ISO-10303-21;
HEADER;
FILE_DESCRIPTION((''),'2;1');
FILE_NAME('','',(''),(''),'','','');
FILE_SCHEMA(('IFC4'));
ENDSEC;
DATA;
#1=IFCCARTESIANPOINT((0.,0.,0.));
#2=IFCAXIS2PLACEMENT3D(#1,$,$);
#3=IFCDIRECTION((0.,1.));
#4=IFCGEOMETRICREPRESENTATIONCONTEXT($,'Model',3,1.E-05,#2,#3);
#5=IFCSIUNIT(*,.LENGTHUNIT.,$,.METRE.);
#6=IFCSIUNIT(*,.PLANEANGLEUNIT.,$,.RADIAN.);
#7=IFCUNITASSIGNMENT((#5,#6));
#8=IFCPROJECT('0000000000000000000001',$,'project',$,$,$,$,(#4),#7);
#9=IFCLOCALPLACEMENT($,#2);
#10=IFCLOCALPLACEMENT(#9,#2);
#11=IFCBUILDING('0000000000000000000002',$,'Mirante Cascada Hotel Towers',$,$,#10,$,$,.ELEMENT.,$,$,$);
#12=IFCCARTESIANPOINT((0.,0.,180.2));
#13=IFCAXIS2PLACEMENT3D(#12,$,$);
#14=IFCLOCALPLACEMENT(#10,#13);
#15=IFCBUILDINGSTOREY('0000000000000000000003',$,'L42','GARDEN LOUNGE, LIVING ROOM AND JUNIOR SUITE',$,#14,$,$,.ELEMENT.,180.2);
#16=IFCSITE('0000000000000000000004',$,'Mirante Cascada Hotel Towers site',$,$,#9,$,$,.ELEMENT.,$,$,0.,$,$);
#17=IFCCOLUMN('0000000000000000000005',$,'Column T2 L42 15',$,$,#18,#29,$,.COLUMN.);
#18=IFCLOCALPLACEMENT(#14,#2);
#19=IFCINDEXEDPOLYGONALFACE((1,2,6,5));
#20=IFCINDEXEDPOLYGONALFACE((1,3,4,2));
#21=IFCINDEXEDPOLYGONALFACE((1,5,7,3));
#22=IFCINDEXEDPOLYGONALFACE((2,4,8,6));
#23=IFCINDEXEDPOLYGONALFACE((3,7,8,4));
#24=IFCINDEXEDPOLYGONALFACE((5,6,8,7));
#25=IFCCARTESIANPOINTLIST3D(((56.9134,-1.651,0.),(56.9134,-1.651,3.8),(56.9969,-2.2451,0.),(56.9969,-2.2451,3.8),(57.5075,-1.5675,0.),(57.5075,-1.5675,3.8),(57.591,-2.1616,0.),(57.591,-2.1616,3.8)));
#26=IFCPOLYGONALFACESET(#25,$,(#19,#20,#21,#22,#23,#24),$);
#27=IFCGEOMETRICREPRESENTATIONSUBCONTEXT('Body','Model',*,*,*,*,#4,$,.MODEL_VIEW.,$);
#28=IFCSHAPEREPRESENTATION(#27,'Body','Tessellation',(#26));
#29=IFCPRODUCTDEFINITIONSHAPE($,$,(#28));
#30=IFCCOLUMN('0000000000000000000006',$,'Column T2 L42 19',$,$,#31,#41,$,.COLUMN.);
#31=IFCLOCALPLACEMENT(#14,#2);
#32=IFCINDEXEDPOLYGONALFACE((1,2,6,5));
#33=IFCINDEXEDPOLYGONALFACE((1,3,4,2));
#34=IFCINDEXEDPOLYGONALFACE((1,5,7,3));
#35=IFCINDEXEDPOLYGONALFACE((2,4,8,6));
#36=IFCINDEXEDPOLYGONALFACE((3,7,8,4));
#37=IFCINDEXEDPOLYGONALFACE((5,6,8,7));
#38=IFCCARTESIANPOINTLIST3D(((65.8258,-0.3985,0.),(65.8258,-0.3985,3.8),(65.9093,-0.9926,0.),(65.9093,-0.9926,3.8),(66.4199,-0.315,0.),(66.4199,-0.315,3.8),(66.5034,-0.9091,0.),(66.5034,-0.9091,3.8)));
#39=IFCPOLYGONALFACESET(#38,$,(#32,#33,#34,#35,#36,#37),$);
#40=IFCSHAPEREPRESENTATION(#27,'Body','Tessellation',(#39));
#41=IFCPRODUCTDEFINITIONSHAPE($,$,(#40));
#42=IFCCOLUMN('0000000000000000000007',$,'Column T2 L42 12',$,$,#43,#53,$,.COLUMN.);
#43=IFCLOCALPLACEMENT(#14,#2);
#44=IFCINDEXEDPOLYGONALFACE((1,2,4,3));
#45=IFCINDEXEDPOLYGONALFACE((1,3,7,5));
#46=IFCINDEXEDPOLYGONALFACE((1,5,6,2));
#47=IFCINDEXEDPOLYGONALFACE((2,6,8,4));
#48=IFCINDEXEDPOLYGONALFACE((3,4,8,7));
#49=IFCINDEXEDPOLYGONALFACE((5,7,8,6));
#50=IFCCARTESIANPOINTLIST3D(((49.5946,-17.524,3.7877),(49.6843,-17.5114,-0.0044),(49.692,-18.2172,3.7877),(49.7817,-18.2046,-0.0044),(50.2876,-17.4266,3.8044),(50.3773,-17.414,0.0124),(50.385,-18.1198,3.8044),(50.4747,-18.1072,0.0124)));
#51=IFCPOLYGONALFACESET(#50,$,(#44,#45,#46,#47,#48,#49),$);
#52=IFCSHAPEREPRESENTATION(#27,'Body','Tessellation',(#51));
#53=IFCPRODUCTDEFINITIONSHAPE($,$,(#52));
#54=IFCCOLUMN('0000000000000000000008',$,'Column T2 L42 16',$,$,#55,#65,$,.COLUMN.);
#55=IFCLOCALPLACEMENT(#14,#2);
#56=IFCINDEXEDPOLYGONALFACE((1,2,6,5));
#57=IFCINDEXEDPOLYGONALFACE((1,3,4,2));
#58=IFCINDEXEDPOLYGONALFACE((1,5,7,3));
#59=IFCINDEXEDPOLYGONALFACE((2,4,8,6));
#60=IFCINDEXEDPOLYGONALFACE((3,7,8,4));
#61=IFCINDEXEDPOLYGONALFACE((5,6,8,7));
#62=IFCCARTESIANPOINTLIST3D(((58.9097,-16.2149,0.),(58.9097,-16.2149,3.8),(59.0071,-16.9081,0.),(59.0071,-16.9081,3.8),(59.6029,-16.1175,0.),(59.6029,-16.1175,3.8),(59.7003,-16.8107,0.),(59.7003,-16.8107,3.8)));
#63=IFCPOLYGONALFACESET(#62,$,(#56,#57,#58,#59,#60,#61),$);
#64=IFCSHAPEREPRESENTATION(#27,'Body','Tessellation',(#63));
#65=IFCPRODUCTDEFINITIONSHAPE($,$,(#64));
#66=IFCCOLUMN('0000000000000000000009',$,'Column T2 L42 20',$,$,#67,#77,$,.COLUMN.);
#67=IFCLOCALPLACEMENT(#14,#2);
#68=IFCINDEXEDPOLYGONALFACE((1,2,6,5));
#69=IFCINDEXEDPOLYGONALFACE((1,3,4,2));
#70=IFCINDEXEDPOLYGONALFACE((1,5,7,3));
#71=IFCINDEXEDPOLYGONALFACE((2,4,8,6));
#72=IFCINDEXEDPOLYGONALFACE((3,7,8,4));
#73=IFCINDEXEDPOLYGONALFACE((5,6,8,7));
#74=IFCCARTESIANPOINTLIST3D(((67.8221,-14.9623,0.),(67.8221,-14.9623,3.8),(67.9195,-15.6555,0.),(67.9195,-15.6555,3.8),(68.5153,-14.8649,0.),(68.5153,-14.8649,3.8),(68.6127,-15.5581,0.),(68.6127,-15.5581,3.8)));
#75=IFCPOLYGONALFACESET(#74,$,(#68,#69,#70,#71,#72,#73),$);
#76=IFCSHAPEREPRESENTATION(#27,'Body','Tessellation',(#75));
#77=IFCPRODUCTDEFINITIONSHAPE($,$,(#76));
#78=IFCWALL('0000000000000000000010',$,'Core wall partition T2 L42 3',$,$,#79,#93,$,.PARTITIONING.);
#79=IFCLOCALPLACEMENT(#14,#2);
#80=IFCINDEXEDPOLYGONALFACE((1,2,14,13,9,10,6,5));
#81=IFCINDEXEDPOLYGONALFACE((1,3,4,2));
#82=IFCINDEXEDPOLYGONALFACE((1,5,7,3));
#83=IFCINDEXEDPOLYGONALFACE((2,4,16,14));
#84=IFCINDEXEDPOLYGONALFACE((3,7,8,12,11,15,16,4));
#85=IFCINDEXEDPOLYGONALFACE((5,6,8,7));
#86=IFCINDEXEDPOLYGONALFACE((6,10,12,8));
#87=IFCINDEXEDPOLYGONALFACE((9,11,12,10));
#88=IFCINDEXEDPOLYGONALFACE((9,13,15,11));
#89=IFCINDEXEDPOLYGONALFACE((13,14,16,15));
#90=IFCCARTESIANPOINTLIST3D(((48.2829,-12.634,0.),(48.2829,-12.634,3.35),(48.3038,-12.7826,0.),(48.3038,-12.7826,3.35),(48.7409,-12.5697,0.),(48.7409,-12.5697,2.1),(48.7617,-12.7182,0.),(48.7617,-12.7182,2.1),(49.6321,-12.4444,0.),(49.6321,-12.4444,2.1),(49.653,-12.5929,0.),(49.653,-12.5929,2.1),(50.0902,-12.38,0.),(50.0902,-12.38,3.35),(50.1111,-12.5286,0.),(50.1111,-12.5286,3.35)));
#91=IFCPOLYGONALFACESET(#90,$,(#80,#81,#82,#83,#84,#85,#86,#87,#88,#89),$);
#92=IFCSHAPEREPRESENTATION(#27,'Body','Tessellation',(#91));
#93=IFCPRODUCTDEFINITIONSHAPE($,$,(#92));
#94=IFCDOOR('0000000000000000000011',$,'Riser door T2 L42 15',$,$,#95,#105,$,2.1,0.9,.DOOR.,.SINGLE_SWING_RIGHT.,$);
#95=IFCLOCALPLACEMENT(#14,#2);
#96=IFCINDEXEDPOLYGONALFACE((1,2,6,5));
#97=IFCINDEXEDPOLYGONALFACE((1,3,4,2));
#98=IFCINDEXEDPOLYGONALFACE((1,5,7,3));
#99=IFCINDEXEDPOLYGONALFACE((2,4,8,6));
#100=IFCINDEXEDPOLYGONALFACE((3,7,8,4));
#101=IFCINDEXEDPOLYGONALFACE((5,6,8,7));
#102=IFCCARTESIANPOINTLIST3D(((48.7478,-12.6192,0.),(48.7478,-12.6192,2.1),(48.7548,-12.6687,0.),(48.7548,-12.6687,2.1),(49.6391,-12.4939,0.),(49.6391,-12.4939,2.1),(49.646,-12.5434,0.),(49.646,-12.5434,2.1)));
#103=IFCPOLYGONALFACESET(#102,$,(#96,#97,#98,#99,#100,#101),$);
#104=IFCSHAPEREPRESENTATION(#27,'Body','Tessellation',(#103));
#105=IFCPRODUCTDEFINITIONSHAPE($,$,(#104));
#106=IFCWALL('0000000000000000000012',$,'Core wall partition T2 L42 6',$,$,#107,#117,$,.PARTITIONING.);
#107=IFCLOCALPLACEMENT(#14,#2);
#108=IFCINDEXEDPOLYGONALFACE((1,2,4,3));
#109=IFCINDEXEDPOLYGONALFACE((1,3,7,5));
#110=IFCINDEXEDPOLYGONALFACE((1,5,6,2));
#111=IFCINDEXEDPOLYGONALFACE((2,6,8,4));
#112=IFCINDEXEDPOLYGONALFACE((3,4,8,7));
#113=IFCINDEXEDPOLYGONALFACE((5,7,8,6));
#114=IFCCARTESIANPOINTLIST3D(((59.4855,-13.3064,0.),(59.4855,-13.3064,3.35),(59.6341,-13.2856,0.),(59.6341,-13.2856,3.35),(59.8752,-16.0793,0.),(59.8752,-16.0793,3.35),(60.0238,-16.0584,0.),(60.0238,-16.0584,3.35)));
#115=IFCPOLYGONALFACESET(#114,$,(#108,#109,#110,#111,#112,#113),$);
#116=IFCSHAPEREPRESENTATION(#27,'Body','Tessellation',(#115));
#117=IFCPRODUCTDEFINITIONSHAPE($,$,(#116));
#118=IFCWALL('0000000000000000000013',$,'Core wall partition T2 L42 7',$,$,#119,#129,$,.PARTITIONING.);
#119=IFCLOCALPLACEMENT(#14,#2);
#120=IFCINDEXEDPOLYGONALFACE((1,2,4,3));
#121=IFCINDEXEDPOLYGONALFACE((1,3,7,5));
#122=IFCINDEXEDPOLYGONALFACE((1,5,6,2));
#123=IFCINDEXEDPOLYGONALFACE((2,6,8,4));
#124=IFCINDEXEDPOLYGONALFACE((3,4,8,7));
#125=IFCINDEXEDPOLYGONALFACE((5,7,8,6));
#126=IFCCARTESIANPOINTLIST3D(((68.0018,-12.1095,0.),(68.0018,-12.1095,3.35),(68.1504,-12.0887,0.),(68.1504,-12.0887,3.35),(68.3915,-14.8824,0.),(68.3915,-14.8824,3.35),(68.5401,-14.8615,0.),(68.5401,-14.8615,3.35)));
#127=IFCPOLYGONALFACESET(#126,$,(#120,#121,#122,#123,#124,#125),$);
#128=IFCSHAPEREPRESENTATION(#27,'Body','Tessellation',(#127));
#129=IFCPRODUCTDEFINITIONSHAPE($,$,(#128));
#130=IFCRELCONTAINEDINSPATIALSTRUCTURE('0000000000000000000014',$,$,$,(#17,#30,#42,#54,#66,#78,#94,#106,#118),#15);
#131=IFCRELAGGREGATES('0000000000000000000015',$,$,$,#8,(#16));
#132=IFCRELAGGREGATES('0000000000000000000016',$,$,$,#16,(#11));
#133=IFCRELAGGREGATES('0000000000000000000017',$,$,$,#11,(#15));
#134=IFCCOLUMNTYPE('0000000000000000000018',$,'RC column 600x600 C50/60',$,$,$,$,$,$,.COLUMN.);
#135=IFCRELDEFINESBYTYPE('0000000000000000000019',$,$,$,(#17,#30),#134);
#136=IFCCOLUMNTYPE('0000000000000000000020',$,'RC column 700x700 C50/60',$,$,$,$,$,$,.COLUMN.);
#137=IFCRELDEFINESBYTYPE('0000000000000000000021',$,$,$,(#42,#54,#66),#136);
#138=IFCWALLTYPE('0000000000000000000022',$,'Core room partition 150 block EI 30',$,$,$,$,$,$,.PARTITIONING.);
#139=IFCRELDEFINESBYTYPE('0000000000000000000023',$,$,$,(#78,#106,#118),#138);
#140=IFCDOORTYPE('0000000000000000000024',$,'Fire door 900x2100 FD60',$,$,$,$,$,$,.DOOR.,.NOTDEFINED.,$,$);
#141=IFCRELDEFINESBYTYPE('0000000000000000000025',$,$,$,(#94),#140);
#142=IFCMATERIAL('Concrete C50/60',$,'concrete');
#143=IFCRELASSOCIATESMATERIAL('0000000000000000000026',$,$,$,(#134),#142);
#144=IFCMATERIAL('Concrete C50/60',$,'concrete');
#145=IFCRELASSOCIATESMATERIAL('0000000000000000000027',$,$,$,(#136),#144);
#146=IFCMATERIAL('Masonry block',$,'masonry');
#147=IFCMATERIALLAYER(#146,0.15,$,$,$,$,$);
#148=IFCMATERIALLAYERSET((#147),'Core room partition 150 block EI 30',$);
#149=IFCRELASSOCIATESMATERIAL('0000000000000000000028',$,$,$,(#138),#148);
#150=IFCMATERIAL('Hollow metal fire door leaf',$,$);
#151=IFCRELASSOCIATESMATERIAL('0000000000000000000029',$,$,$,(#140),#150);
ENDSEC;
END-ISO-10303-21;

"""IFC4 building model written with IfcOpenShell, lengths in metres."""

from ifc_helpers import new_model, si_unit, direction, frame, frame_2d, origin, origin_2d, place, context, subcontext, project, spatial, rectangle, extrude, material, layer, layer_set, material_profile, profile_set, type_object, element, fill, save


model = new_model("IFC4")

# Units and contexts
model_context = context("Model", 3, precision=1e-05, world=origin(), true_north=direction((0.0, 1.0)))
body_context = subcontext(model_context, "Body", "Model", "MODEL_VIEW")
ifc_project = project(units=[si_unit("LENGTHUNIT", "METRE"), si_unit("PLANEANGLEUNIT", "RADIAN")], contexts=[model_context])

# Site, building, storey
site_placement = place(None, origin())
site = spatial("IfcSite", under=ifc_project, at=site_placement, Name="Mirante Cascada Hotel Towers site", CompositionType="ELEMENT", RefElevation=0.0)
building_placement = place(site_placement, origin())
building = spatial("IfcBuilding", under=site, at=building_placement, Name="Mirante Cascada Hotel Towers", CompositionType="ELEMENT")
storey_placement = place(building_placement, frame((0.0, 0.0, 180.2)))
storey = spatial("IfcBuildingStorey", under=building, at=storey_placement, Name="L42", Description="GARDEN LOUNGE, LIVING ROOM AND JUNIOR SUITE", CompositionType="ELEMENT", Elevation=180.2)

# Columns
ifc_material_1 = material(Name="Concrete C50/60", Category="concrete")
ifc_material_profile_1 = material_profile(ifc_material_1, rectangle(XDim=0.6, YDim=0.6, at=origin_2d()), Name="RC column 600x600 C50/60")
ifc_profile_set_1 = profile_set([ifc_material_profile_1], Name="Concrete C50/60")
column_type_1 = type_object("IfcColumnType", Name="RC column 600x600 C50/60", PredefinedType="COLUMN", material=ifc_profile_set_1)
for number, where, z_axis, x_axis, name in (
    (1, (57.2522, -1.9063, 0.0), (0.0, 0.0, 1.0), (0.990268, 0.139173, 0.0), "Column T2 L42 15"),
    (2, (66.1646, -0.6538, 0.0), (0.0, 0.0, 1.0), (0.990268, 0.139173, 0.0), "Column T2 L42 19"),
):
    element("IfcColumn", number, at=place(storey_placement, frame(where, z_axis=z_axis, x_axis=x_axis)), inside=storey, type_object=column_type_1, Name=name, PredefinedType="COLUMN", context=body_context, shape_type="SweptSolid", body=[
        extrude(rectangle(XDim=0.6, YDim=0.6, at=origin_2d()), origin(), (0.0, 0.0, 1.0), 3.8),
    ])
ifc_material_2 = material(Name="Concrete C50/60", Category="concrete")
ifc_material_profile_2 = material_profile(ifc_material_2, rectangle(XDim=0.7, YDim=0.7, at=origin_2d()), Name="RC column 700x700 C50/60")
ifc_profile_set_2 = profile_set([ifc_material_profile_2], Name="Concrete C50/60")
column_type_2 = type_object("IfcColumnType", Name="RC column 700x700 C50/60", PredefinedType="COLUMN", material=ifc_profile_set_2)
column_placement = place(storey_placement, frame((50.0795, -17.8093, 0.004), z_axis=(-0.023648, -0.003322, 0.999715), x_axis=(0.139103, -0.990278, 0.0)))
element("IfcColumn", 3, at=column_placement, inside=storey, type_object=column_type_2, Name="Column T2 L42 12", PredefinedType="COLUMN", context=body_context, shape_type="SweptSolid", body=[
    extrude(rectangle(XDim=0.7, YDim=0.7, at=origin_2d()), origin(), (0.0, 0.0, 1.0), 3.7931),
])
for number, where, z_axis, x_axis, name in (
    (4, (59.305, -16.5128, 0.0), (0.0, 0.0, 1.0), (0.990268, 0.139173, 0.0), "Column T2 L42 16"),
    (5, (68.2174, -15.2602, 0.0), (0.0, 0.0, 1.0), (0.990268, 0.139173, 0.0), "Column T2 L42 20"),
):
    element("IfcColumn", number, at=place(storey_placement, frame(where, z_axis=z_axis, x_axis=x_axis)), inside=storey, type_object=column_type_2, Name=name, PredefinedType="COLUMN", context=body_context, shape_type="SweptSolid", body=[
        extrude(rectangle(XDim=0.7, YDim=0.7, at=origin_2d()), origin(), (0.0, 0.0, 1.0), 3.8),
    ])

# Wall, opening, door
ifc_material_3 = material(Name="Masonry block", Category="masonry")
ifc_layer_1 = layer(ifc_material_3, 0.15)
ifc_layer_set_1 = layer_set([ifc_layer_1], Name="Core room partition 150 block EI 30")
wall_type_1 = type_object("IfcWallType", Name="Core room partition 150 block EI 30", PredefinedType="PARTITIONING", material=ifc_layer_set_1)
wall_1_placement = place(storey_placement, frame((48.2933, -12.7083, 0.0), z_axis=(0.0, 0.0, 1.0), x_axis=(0.990268, 0.139173, 0.0)))
wall_1 = element("IfcWall", 6, at=wall_1_placement, inside=storey, type_object=wall_type_1, Name="Core wall partition T2 L42 3", PredefinedType="PARTITIONING", context=body_context, shape_type="SweptSolid", body=[
    extrude(rectangle(XDim=1.8251, YDim=0.15, at=frame_2d((0.9126, 0.0))), origin(), (0.0, 0.0, 1.0), 3.35),
])
opening_1_placement = place(wall_1_placement, frame((0.4625, 0.0, 0.0)))
opening_1 = element("IfcOpeningElement", 7, at=opening_1_placement, cuts=wall_1, PredefinedType="OPENING", context=body_context, shape_type="SweptSolid", body=[
    extrude(rectangle(XDim=0.9, YDim=2.1, at=frame_2d((0.45, 1.05))), frame((0.0, 0.075, 0.0), z_axis=(0.0, -1.0, 0.0), x_axis=(1.0, 0.0, 0.0)), (0.0, 0.0, 1.0), 0.15),
])
ifc_material_4 = material(Name="Hollow metal fire door leaf")
door_type_1 = type_object("IfcDoorType", Name="Fire door 900x2100 FD60", OperationType="NOTDEFINED", PredefinedType="DOOR", material=ifc_material_4)
door_1_placement = place(opening_1_placement, frame((0.9, 0.0, 0.0), z_axis=(0.0, 0.0, 1.0), x_axis=(-1.0, 0.0, 0.0)))
door_1 = element("IfcDoor", 8, at=door_1_placement, inside=storey, type_object=door_type_1, Name="Riser door T2 L42 15", OperationType="SINGLE_SWING_RIGHT", OverallHeight=2.1, OverallWidth=0.9, PredefinedType="DOOR", context=body_context, shape_type="SweptSolid", body=[
    extrude(rectangle(XDim=0.9, YDim=2.1, at=frame_2d((0.45, 1.05))), frame((0.0, 0.025, 0.0), z_axis=(0.0, -1.0, 0.0), x_axis=(1.0, 0.0, 0.0)), (0.0, 0.0, 1.0), 0.05),
])
fill(opening_1, door_1)

# Walls
for number, where, z_axis, x_axis, name in (
    (9, (59.9495, -16.0688, 0.0), (0.0, 0.0, 1.0), (-0.139176, 0.990268, 0.0), "Core wall partition T2 L42 6"),
    (10, (68.4658, -14.8719, 0.0), (0.0, 0.0, 1.0), (-0.139176, 0.990268, 0.0), "Core wall partition T2 L42 7"),
):
    element("IfcWall", number, at=place(storey_placement, frame(where, z_axis=z_axis, x_axis=x_axis)), inside=storey, type_object=wall_type_1, Name=name, PredefinedType="PARTITIONING", context=body_context, shape_type="SweptSolid", body=[
        extrude(rectangle(XDim=2.8001, YDim=0.15, at=frame_2d((1.4, 0.0))), origin(), (0.0, 0.0, 1.0), 3.35),
    ])

save(model, "model.ifc")
